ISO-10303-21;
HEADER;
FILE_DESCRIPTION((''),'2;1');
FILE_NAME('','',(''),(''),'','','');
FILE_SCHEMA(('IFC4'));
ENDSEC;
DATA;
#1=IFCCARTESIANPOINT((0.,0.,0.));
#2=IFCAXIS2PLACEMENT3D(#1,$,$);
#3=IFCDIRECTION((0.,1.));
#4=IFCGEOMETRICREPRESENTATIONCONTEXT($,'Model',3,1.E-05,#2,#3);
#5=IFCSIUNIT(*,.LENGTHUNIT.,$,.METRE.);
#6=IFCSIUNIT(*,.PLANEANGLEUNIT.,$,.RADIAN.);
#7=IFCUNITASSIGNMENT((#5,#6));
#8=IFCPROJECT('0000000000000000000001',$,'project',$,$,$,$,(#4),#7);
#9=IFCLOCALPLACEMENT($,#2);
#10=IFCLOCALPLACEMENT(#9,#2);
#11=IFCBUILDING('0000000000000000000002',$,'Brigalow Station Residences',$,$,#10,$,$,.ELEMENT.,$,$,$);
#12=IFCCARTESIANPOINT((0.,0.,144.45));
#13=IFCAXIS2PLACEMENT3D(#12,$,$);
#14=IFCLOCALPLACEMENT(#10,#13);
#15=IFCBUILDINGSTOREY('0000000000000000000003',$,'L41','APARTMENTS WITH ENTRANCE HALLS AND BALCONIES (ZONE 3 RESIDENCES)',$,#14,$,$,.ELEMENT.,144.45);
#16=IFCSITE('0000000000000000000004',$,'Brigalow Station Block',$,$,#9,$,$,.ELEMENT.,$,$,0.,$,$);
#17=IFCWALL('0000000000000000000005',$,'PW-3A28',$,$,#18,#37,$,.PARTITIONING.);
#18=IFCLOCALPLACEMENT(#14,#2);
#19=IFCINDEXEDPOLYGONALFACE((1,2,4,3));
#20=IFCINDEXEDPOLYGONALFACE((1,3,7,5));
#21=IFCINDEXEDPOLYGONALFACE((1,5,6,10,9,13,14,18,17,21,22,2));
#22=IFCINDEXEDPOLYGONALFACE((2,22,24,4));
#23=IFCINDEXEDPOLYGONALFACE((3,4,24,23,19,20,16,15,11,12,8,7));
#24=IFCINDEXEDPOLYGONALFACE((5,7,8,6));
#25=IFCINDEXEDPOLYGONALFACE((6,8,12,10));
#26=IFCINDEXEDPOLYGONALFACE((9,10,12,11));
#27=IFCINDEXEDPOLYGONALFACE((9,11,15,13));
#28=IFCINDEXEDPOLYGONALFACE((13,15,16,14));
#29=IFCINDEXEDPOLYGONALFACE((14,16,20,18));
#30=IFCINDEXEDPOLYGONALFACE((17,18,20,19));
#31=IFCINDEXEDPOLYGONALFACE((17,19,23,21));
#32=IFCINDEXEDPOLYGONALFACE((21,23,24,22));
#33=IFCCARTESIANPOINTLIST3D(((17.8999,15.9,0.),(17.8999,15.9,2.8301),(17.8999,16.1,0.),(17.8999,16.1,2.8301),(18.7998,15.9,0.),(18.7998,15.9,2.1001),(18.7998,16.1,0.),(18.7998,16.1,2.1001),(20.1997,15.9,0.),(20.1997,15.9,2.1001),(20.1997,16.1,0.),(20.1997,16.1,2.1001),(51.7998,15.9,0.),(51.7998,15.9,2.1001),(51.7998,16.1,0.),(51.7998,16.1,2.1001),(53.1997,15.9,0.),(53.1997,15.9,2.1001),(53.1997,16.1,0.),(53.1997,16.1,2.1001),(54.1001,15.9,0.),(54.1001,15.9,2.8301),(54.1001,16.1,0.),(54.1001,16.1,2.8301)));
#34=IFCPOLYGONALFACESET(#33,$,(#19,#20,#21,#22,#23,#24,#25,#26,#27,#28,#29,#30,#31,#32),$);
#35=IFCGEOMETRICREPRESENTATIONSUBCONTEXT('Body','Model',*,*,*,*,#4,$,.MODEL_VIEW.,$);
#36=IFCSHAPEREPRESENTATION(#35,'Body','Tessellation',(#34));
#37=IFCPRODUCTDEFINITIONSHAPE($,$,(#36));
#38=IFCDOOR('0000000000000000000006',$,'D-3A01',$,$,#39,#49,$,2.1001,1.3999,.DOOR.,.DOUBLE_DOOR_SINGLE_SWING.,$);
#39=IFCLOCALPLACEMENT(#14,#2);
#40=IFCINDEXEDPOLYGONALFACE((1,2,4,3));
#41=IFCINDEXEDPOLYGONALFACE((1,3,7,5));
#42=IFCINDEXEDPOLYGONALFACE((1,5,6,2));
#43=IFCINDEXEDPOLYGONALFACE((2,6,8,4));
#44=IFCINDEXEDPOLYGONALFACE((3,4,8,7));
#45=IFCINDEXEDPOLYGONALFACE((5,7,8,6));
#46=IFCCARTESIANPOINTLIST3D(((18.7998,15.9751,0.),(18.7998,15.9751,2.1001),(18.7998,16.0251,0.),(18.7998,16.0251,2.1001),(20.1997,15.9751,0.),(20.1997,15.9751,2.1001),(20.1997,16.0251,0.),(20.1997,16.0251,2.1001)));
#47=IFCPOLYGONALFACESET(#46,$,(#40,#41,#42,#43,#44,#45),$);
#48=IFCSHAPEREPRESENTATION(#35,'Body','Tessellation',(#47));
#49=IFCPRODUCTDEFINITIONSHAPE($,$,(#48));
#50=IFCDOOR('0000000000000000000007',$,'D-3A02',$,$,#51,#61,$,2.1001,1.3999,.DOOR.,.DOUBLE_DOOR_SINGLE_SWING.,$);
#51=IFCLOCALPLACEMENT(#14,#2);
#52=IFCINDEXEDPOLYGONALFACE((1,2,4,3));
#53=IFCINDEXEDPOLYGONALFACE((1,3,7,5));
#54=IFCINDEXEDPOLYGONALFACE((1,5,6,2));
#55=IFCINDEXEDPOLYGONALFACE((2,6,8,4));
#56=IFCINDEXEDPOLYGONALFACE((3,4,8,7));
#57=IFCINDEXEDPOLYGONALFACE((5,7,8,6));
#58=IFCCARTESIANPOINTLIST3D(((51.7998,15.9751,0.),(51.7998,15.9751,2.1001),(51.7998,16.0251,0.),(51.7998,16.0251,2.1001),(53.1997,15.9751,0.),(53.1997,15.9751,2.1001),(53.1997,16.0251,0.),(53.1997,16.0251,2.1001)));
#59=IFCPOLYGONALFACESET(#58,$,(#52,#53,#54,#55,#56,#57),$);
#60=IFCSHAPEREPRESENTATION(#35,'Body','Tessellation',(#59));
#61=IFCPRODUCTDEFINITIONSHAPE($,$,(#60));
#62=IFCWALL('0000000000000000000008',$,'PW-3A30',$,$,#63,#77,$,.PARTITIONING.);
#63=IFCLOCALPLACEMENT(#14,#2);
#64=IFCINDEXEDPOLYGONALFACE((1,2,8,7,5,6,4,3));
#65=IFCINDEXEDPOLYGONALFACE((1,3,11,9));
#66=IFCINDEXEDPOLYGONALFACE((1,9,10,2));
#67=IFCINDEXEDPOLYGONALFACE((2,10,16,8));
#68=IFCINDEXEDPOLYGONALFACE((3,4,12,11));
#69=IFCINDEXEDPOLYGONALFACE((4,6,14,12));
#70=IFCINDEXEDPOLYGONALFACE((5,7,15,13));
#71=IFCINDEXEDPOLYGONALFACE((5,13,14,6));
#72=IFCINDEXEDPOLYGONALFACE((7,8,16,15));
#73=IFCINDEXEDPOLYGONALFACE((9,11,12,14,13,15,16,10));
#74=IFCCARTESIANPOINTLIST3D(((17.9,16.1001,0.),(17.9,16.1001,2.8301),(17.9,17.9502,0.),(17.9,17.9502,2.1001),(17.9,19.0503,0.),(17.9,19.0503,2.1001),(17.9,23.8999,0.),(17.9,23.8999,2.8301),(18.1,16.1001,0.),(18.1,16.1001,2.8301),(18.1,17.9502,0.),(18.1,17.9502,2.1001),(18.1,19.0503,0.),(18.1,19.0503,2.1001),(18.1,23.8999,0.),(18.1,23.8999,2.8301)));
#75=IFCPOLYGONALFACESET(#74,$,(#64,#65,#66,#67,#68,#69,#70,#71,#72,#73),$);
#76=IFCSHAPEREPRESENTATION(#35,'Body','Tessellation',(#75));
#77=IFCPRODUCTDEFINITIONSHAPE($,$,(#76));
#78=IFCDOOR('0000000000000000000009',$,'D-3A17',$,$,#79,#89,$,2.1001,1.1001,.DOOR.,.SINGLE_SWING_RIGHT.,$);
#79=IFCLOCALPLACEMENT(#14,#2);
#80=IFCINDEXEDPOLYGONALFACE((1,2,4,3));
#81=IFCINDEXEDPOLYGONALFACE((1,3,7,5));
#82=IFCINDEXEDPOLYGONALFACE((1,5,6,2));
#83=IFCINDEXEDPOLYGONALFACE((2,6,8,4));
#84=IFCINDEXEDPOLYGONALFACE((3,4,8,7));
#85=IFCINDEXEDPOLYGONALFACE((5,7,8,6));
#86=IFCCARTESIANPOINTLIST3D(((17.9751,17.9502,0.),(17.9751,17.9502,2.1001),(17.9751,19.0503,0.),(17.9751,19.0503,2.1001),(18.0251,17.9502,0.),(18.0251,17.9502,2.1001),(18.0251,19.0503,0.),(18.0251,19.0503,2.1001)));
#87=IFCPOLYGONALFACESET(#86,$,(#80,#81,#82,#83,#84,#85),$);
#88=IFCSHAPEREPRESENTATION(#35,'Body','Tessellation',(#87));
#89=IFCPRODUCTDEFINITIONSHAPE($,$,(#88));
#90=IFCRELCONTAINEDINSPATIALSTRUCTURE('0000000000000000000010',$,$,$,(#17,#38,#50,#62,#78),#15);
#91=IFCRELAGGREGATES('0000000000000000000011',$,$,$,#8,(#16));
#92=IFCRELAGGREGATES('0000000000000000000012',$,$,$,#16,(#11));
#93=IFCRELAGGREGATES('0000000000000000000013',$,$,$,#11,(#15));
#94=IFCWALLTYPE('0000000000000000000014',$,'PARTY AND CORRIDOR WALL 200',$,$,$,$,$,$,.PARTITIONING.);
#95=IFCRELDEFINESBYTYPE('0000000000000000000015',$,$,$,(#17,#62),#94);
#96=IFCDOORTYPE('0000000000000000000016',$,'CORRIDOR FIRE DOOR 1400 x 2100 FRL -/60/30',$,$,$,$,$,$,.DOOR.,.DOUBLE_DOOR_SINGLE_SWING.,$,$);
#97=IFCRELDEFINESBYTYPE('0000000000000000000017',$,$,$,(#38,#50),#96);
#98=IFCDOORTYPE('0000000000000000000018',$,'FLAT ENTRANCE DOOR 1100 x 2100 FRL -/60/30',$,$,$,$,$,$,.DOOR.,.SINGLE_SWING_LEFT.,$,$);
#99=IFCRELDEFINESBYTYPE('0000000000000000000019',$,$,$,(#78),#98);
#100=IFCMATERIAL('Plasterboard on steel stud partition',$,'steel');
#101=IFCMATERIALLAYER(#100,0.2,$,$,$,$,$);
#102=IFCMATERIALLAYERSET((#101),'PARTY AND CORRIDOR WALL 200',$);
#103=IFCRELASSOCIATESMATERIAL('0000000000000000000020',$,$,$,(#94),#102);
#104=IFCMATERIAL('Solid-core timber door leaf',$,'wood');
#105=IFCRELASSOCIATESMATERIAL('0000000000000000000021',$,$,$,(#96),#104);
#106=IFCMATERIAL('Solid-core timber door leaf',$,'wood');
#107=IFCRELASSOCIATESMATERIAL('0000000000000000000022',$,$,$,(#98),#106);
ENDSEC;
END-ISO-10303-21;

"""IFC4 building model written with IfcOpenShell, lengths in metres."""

from ifc_helpers import new_model, si_unit, direction, frame, frame_2d, origin, place, context, subcontext, project, spatial, rectangle, extrude, material, layer, layer_set, type_object, element, fill, save


model = new_model("IFC4")

# Units and contexts
model_context = context("Model", 3, precision=1e-05, world=origin(), true_north=direction((0.0, 1.0)))
body_context = subcontext(model_context, "Body", "Model", "MODEL_VIEW")
ifc_project = project(units=[si_unit("LENGTHUNIT", "METRE"), si_unit("PLANEANGLEUNIT", "RADIAN")], contexts=[model_context])

# Site, building, storey
site_placement = place(None, origin())
site = spatial("IfcSite", under=ifc_project, at=site_placement, Name="Brigalow Station Block", CompositionType="ELEMENT", RefElevation=0.0)
building_placement = place(site_placement, origin())
building = spatial("IfcBuilding", under=site, at=building_placement, Name="Brigalow Station Residences", CompositionType="ELEMENT")
storey_placement = place(building_placement, frame((0.0, 0.0, 144.45)))
storey = spatial("IfcBuildingStorey", under=building, at=storey_placement, Name="L41", Description="APARTMENTS WITH ENTRANCE HALLS AND BALCONIES (ZONE 3 RESIDENCES)", CompositionType="ELEMENT", Elevation=144.45)

# Wall, openings, doors
ifc_material_1 = material(Name="Plasterboard on steel stud partition", Category="steel")
ifc_layer_1 = layer(ifc_material_1, 0.2)
ifc_layer_set_1 = layer_set([ifc_layer_1], Name="PARTY AND CORRIDOR WALL 200")
wall_type_1 = type_object("IfcWallType", Name="PARTY AND CORRIDOR WALL 200", PredefinedType="PARTITIONING", material=ifc_layer_set_1)
wall_1_placement = place(storey_placement, frame((17.8999, 16.0, 0.0), z_axis=(0.0, 0.0, 1.0), x_axis=(1.0, 0.0, 0.0)))
wall_1 = element("IfcWall", 1, at=wall_1_placement, inside=storey, type_object=wall_type_1, Name="PW-3A28", PredefinedType="PARTITIONING", context=body_context, shape_type="SweptSolid", body=[
    extrude(rectangle(XDim=36.2002, YDim=0.2, at=frame_2d((18.1001, 0.0))), origin(), (0.0, 0.0, 1.0), 2.8301),
])
opening_1_placement = place(wall_1_placement, frame((0.8999, 0.0, 0.0)))
opening_1 = element("IfcOpeningElement", 2, at=opening_1_placement, cuts=wall_1, PredefinedType="OPENING", context=body_context, shape_type="SweptSolid", body=[
    extrude(rectangle(XDim=1.3999, YDim=2.1001, at=frame_2d((0.7, 1.05))), frame((0.0, 0.1099, 0.0), z_axis=(0.0, -1.0, 0.0), x_axis=(1.0, 0.0, 0.0)), (0.0, 0.0, 1.0), 0.22),
])
opening_2_placement = place(wall_1_placement, frame((33.8999, 0.0, 0.0)))
opening_2 = element("IfcOpeningElement", 3, at=opening_2_placement, cuts=wall_1, PredefinedType="OPENING", context=body_context, shape_type="SweptSolid", body=[
    extrude(rectangle(XDim=1.3999, YDim=2.1001, at=frame_2d((0.7, 1.05))), frame((0.0, 0.1099, 0.0), z_axis=(0.0, -1.0, 0.0), x_axis=(1.0, 0.0, 0.0)), (0.0, 0.0, 1.0), 0.22),
])
ifc_material_2 = material(Name="Solid-core timber door leaf", Category="wood")
door_type_1 = type_object("IfcDoorType", Name="CORRIDOR FIRE DOOR 1400 x 2100 FRL -/60/30", OperationType="DOUBLE_DOOR_SINGLE_SWING", PredefinedType="DOOR", material=ifc_material_2)
door_1_placement = place(opening_1_placement, frame((1.3999, 0.0, 0.0), z_axis=(0.0, 0.0, 1.0), x_axis=(-1.0, 0.0, 0.0)))
door_1 = element("IfcDoor", 4, at=door_1_placement, inside=storey, type_object=door_type_1, Name="D-3A01", OperationType="DOUBLE_DOOR_SINGLE_SWING", OverallHeight=2.1001, OverallWidth=1.3999, PredefinedType="DOOR", context=body_context, shape_type="SweptSolid", body=[
    extrude(rectangle(XDim=1.3999, YDim=2.1001, at=frame_2d((0.7, 1.05))), frame((0.0, 0.0249, 0.0), z_axis=(0.0, -1.0, 0.0), x_axis=(1.0, 0.0, 0.0)), (0.0, 0.0, 1.0), 0.05),
])
fill(opening_1, door_1)
door_2_placement = place(opening_2_placement, frame((1.3999, 0.0, 0.0), z_axis=(0.0, 0.0, 1.0), x_axis=(-1.0, 0.0, 0.0)))
door_2 = element("IfcDoor", 5, at=door_2_placement, inside=storey, type_object=door_type_1, Name="D-3A02", OperationType="DOUBLE_DOOR_SINGLE_SWING", OverallHeight=2.1001, OverallWidth=1.3999, PredefinedType="DOOR", context=body_context, shape_type="SweptSolid", body=[
    extrude(rectangle(XDim=1.3999, YDim=2.1001, at=frame_2d((0.7, 1.05))), frame((0.0, 0.0249, 0.0), z_axis=(0.0, -1.0, 0.0), x_axis=(1.0, 0.0, 0.0)), (0.0, 0.0, 1.0), 0.05),
])
fill(opening_2, door_2)

# Wall, opening, door
wall_2_placement = place(storey_placement, frame((18.0, 16.1001, 0.0), z_axis=(0.0, 0.0, 1.0), x_axis=(0.0, 1.0, 0.0)))
wall_2 = element("IfcWall", 6, at=wall_2_placement, inside=storey, type_object=wall_type_1, Name="PW-3A30", PredefinedType="PARTITIONING", context=body_context, shape_type="SweptSolid", body=[
    extrude(rectangle(XDim=7.7998, YDim=0.2, at=frame_2d((3.8999, 0.0))), origin(), (0.0, 0.0, 1.0), 2.8301),
])
opening_3_placement = place(wall_2_placement, frame((1.8501, 0.0, 0.0)))
opening_3 = element("IfcOpeningElement", 7, at=opening_3_placement, cuts=wall_2, PredefinedType="OPENING", context=body_context, shape_type="SweptSolid", body=[
    extrude(rectangle(XDim=1.1001, YDim=2.1001, at=frame_2d((0.55, 1.05))), frame((0.0, 0.1099, 0.0), z_axis=(0.0, -1.0, 0.0), x_axis=(1.0, 0.0, 0.0)), (0.0, 0.0, 1.0), 0.22),
])
ifc_material_3 = material(Name="Solid-core timber door leaf", Category="wood")
door_type_2 = type_object("IfcDoorType", Name="FLAT ENTRANCE DOOR 1100 x 2100 FRL -/60/30", OperationType="SINGLE_SWING_LEFT", PredefinedType="DOOR", material=ifc_material_3)
door_3_placement = place(opening_3_placement, origin())
door_3 = element("IfcDoor", 8, at=door_3_placement, inside=storey, type_object=door_type_2, Name="D-3A17", OperationType="SINGLE_SWING_RIGHT", OverallHeight=2.1001, OverallWidth=1.1001, PredefinedType="DOOR", context=body_context, shape_type="SweptSolid", body=[
    extrude(rectangle(XDim=1.1001, YDim=2.1001, at=frame_2d((0.55, 1.05))), frame((0.0, 0.0249, 0.0), z_axis=(0.0, -1.0, 0.0), x_axis=(1.0, 0.0, 0.0)), (0.0, 0.0, 1.0), 0.05),
])
fill(opening_3, door_3)

save(model, "model.ifc")
